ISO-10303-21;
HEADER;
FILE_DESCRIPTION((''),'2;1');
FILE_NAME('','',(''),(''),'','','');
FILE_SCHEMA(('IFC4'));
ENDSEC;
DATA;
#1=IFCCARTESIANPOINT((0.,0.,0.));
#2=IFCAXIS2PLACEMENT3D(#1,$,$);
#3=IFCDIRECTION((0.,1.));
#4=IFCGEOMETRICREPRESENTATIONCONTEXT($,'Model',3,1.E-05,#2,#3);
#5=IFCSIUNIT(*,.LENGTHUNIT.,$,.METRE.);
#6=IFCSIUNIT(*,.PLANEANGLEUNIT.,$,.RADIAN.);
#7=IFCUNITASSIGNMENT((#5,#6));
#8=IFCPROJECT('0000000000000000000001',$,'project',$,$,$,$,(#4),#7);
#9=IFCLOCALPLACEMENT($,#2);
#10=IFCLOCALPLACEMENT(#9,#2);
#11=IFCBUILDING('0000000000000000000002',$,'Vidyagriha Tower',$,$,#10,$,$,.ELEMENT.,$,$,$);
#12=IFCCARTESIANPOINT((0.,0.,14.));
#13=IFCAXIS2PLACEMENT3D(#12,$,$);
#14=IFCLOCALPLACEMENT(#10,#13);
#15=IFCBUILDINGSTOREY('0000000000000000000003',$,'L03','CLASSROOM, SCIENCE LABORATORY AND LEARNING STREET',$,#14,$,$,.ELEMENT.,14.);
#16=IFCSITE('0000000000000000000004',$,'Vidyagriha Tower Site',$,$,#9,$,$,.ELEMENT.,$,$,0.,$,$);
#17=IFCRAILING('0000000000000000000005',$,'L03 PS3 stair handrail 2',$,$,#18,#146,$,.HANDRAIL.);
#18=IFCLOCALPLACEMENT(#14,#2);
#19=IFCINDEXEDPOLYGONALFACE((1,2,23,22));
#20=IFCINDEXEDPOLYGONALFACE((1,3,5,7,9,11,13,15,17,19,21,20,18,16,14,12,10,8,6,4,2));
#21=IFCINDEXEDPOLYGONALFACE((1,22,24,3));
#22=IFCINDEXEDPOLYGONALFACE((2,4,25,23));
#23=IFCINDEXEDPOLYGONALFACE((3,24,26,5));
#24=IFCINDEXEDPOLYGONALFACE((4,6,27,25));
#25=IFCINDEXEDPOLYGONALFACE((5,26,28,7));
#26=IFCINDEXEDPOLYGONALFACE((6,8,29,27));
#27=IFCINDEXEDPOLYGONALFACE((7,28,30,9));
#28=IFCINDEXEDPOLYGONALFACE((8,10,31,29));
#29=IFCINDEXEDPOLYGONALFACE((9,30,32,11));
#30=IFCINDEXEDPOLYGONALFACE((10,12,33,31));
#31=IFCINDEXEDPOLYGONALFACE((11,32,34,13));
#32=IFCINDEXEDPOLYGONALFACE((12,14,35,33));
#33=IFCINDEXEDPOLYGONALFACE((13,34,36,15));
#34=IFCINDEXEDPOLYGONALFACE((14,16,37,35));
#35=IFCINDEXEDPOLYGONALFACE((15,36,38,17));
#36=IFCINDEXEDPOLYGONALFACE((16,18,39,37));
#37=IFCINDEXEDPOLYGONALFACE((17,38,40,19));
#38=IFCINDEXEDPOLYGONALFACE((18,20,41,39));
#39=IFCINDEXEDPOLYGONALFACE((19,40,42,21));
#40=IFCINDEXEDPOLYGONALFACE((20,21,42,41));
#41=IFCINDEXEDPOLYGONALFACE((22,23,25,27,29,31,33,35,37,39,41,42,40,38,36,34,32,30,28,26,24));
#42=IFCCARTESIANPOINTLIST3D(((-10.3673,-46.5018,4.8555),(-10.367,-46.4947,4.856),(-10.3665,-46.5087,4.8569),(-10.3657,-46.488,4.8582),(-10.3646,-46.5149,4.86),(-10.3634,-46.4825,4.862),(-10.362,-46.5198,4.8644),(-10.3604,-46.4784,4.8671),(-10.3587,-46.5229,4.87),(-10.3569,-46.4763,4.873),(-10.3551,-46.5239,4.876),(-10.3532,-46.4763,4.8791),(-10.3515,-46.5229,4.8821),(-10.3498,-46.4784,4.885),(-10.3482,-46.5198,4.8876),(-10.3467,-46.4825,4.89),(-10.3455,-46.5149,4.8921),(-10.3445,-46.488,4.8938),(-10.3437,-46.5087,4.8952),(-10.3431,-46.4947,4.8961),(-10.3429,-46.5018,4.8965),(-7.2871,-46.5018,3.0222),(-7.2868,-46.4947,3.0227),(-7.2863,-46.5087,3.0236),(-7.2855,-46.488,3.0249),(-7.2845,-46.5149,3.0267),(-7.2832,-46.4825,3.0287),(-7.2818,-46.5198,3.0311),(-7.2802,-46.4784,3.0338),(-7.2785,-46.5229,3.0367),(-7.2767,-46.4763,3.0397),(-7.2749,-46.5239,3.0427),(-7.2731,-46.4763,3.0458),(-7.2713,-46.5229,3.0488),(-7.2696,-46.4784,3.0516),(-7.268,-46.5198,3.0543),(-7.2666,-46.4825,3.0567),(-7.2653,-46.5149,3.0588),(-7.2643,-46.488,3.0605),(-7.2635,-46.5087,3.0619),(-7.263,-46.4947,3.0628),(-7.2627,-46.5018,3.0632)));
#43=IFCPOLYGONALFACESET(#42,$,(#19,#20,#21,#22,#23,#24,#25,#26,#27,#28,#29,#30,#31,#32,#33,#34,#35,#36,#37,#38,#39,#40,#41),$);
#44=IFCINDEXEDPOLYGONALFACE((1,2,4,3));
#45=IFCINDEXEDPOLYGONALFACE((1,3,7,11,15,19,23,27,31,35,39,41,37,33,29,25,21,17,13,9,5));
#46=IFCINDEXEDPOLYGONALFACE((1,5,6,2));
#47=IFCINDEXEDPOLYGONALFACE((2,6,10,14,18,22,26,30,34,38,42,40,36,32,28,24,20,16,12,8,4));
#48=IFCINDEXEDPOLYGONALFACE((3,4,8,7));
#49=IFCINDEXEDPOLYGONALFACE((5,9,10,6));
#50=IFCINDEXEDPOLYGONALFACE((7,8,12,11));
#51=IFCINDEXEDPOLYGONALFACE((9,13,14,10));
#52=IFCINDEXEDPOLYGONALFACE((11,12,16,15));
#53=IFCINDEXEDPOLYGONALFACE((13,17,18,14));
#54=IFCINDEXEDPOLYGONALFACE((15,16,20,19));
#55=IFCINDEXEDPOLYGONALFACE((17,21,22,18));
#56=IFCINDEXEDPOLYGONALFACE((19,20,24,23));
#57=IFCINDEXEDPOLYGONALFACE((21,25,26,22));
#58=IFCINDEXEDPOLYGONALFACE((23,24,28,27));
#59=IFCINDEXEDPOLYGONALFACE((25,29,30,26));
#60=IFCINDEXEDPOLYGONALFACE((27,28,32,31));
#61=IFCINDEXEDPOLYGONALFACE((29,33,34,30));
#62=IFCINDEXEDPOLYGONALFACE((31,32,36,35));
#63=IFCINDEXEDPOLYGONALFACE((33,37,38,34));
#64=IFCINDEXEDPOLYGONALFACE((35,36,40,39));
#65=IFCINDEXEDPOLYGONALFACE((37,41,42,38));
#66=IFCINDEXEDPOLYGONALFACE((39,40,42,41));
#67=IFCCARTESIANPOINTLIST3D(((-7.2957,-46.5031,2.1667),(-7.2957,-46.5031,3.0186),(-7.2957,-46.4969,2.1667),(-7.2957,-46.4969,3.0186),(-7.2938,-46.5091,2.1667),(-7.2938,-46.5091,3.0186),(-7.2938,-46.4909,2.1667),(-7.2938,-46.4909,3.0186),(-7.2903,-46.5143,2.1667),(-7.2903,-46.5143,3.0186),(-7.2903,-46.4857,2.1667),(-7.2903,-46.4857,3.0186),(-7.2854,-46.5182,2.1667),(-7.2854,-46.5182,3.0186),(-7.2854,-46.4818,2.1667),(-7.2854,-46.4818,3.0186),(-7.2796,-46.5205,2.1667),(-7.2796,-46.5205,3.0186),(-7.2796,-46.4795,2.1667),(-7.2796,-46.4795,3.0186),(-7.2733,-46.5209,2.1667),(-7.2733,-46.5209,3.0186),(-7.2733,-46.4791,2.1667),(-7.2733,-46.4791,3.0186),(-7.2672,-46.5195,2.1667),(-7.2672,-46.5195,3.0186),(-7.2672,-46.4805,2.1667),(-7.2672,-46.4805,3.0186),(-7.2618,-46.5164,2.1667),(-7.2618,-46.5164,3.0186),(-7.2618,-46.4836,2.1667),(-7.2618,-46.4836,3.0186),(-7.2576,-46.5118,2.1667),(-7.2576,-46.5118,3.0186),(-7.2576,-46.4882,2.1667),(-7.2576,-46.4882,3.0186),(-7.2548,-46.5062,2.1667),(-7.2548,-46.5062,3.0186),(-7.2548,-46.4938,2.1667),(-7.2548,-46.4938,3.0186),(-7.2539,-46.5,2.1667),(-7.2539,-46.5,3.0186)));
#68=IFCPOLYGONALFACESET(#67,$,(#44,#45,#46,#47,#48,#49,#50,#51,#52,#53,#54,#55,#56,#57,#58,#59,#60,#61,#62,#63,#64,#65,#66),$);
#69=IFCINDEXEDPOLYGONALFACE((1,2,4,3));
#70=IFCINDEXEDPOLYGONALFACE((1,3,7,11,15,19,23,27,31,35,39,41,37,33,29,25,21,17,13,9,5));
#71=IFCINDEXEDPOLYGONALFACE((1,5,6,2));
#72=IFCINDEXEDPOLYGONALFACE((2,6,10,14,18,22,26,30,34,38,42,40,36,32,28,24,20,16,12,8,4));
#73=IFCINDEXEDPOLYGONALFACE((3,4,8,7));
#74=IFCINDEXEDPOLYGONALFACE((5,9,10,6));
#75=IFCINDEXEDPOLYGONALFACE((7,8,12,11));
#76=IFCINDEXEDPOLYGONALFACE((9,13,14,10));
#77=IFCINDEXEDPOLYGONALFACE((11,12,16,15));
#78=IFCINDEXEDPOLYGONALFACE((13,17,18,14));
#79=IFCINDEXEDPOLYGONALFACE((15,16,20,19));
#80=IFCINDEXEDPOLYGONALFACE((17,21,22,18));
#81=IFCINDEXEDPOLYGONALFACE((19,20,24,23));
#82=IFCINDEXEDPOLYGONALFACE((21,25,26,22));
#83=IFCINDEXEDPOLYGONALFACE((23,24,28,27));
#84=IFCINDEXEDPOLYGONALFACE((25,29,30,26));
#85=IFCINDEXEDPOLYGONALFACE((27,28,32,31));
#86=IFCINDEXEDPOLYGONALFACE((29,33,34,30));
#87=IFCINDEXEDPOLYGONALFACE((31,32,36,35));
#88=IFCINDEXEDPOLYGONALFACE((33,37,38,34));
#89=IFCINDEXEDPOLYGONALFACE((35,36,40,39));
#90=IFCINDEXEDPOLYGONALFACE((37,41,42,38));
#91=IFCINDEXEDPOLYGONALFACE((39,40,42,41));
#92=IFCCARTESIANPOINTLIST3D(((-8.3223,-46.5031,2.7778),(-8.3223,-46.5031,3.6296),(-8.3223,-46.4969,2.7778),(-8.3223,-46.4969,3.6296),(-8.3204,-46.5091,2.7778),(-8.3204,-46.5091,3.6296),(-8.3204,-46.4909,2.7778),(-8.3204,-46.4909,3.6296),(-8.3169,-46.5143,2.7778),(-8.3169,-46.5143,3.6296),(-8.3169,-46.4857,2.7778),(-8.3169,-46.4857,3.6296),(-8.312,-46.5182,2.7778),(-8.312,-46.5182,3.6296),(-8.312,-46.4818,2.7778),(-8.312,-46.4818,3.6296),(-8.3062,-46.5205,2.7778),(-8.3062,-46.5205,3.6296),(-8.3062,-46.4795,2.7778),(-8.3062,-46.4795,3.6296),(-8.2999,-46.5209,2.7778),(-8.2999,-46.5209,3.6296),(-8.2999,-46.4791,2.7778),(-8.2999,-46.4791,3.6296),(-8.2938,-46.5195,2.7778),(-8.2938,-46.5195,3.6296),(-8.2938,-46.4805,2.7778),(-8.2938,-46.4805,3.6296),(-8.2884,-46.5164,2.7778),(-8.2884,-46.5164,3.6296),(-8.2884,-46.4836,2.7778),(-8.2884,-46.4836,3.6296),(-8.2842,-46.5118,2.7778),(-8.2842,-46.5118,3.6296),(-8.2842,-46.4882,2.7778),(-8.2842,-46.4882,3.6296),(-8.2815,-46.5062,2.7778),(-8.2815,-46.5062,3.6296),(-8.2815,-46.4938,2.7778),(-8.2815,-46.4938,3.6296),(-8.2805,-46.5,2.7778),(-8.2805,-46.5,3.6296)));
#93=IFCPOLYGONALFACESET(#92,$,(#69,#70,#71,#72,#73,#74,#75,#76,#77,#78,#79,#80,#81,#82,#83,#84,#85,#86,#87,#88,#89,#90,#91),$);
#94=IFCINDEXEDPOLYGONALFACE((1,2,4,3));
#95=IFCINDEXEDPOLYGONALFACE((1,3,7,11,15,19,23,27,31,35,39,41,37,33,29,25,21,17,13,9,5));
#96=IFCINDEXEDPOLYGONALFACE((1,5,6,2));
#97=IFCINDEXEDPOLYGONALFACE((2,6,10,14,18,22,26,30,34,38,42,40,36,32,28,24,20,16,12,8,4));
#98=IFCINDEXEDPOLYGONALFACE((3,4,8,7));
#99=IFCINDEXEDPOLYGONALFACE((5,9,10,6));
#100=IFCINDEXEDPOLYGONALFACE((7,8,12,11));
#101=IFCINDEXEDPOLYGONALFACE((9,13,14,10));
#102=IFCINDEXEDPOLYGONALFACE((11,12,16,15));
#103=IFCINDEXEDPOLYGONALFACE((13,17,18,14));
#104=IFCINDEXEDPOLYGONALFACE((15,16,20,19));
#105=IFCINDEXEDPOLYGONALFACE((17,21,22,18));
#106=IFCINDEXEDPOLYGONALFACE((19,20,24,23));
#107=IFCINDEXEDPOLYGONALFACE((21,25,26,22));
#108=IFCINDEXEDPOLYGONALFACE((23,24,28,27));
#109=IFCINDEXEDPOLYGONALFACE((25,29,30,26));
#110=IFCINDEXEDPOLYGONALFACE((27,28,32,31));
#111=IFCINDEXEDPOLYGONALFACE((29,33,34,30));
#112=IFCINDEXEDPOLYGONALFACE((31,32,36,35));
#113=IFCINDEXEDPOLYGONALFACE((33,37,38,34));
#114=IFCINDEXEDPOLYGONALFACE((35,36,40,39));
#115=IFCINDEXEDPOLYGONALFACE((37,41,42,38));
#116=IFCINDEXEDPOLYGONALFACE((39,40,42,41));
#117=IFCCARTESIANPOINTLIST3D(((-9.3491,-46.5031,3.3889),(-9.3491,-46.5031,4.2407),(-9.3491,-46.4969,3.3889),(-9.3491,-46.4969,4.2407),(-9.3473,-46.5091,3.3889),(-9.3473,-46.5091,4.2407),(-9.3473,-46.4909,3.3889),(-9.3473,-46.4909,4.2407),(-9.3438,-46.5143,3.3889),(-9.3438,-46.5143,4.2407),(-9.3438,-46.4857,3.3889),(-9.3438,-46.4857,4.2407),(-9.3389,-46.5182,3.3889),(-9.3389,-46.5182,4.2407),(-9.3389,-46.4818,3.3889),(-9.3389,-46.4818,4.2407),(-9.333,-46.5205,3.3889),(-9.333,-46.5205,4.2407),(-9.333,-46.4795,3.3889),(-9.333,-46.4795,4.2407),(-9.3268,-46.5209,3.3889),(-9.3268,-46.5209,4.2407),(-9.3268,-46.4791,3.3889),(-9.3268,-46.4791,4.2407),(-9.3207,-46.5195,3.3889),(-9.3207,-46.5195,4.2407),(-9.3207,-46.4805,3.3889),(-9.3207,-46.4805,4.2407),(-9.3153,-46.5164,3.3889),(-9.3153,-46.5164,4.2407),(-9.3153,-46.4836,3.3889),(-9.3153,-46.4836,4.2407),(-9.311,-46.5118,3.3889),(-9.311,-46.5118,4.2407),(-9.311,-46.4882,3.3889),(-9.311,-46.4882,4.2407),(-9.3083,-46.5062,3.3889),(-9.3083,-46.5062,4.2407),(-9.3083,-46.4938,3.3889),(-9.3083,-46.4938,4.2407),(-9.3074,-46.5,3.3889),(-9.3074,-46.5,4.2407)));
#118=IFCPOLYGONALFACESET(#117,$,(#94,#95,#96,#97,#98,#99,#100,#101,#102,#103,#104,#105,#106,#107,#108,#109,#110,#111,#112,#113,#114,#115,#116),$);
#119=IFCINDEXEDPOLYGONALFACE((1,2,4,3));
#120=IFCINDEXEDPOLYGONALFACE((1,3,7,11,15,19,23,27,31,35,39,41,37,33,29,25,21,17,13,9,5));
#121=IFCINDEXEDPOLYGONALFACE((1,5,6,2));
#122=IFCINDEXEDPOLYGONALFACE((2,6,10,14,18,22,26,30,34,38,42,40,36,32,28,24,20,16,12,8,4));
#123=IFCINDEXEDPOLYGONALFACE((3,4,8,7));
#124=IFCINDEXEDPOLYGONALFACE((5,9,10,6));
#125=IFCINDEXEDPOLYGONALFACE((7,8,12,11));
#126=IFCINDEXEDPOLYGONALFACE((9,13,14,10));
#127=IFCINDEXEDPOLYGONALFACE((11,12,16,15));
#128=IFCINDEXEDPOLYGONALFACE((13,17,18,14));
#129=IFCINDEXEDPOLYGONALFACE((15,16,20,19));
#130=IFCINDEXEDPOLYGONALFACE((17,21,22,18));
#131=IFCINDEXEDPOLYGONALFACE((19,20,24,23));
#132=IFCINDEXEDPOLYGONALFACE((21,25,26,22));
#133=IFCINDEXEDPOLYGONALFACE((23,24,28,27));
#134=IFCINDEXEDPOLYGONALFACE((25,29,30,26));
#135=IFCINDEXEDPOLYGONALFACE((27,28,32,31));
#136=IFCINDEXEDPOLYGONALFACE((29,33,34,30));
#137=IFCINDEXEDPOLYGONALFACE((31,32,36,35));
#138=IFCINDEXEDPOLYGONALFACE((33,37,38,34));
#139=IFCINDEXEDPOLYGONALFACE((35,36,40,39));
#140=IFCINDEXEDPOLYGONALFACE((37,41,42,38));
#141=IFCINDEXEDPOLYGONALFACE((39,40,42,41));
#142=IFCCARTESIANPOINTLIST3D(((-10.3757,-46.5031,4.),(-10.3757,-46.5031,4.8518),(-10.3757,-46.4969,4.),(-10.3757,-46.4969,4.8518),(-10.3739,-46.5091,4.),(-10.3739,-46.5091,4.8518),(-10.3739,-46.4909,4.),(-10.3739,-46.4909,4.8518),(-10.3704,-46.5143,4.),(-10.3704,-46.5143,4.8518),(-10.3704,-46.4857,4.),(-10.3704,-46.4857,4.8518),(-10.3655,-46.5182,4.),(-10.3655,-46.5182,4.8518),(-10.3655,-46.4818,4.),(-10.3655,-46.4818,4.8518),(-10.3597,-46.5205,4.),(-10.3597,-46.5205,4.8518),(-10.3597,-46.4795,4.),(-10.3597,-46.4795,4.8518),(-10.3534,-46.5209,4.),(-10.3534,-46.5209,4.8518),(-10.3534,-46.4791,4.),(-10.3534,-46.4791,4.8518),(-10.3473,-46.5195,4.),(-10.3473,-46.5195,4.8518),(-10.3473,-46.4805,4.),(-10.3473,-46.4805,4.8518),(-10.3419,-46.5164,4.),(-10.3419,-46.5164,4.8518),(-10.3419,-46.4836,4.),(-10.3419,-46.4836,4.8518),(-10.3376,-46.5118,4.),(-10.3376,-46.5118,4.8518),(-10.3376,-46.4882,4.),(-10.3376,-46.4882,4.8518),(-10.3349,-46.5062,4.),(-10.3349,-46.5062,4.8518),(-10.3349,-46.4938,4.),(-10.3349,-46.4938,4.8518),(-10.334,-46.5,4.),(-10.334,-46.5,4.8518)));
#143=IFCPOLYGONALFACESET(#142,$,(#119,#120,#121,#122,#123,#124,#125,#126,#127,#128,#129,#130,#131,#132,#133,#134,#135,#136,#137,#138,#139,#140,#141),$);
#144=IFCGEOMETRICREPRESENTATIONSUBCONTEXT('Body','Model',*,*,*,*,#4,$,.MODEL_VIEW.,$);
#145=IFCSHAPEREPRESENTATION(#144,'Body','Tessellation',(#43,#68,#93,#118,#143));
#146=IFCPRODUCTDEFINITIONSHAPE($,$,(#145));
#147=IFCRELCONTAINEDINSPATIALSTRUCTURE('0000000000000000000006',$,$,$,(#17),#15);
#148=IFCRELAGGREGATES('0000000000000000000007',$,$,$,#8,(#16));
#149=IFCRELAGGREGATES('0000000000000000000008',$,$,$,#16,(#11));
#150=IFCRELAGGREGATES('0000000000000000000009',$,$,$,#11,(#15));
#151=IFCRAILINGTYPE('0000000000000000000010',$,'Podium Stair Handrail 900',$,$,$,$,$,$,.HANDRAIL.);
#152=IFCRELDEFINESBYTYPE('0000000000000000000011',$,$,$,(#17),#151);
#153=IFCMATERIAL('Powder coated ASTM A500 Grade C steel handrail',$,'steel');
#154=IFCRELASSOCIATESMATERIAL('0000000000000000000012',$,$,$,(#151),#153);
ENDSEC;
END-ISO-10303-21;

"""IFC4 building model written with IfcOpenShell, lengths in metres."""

from ifc_helpers import new_model, si_unit, direction, frame, origin, origin_2d, place, context, subcontext, project, spatial, circle, extrude, material, type_object, element, save


model = new_model("IFC4")

# Units and contexts
model_context = context("Model", 3, precision=1e-05, world=origin(), true_north=direction((0.0, 1.0)))
body_context = subcontext(model_context, "Body", "Model", "MODEL_VIEW")
ifc_project = project(units=[si_unit("LENGTHUNIT", "METRE"), si_unit("PLANEANGLEUNIT", "RADIAN")], contexts=[model_context])

# Site, building, storey
site_placement = place(None, origin())
site = spatial("IfcSite", under=ifc_project, at=site_placement, Name="Vidyagriha Tower Site", CompositionType="ELEMENT", RefElevation=0.0)
building_placement = place(site_placement, origin())
building = spatial("IfcBuilding", under=site, at=building_placement, Name="Vidyagriha Tower", CompositionType="ELEMENT")
storey_placement = place(building_placement, frame((0.0, 0.0, 14.0)))
storey = spatial("IfcBuildingStorey", under=building, at=storey_placement, Name="L03", Description="CLASSROOM, SCIENCE LABORATORY AND LEARNING STREET", CompositionType="ELEMENT", Elevation=14.0)

# Railing
ifc_material_1 = material(Name="Powder coated ASTM A500 Grade C steel handrail", Category="steel")
railing_type_1 = type_object("IfcRailingType", Name="Podium Stair Handrail 900", PredefinedType="HANDRAIL", material=ifc_material_1)
railing_1_placement = place(storey_placement, frame((-7.2749, -46.5, 2.1667)))
element("IfcRailing", 1, at=railing_1_placement, inside=storey, type_object=railing_type_1, Name="L03 PS3 stair handrail 2", PredefinedType="HANDRAIL", context=body_context, shape_type="SweptSolid", body=[
    extrude(circle(Radius=0.0239, at=origin_2d()), frame((0.0, 0.0, 0.876), z_axis=(-0.859309, 0.0, 0.511458), x_axis=(0.0, -1.0, 0.0)), (0.0, 0.0, 1.0), 3.5845),
    extrude(circle(Radius=0.021, at=origin_2d()), origin(), (0.0, 0.0, 1.0), 0.8518),
    extrude(circle(Radius=0.021, at=origin_2d()), frame((-1.0266, 0.0, 0.6111)), (0.0, 0.0, 1.0), 0.8518),
    extrude(circle(Radius=0.021, at=origin_2d()), frame((-2.0535, 0.0, 1.2222)), (0.0, 0.0, 1.0), 0.8518),
    extrude(circle(Radius=0.021, at=origin_2d()), frame((-3.0801, 0.0, 1.8333)), (0.0, 0.0, 1.0), 0.8518),
])

save(model, "model.ifc")
